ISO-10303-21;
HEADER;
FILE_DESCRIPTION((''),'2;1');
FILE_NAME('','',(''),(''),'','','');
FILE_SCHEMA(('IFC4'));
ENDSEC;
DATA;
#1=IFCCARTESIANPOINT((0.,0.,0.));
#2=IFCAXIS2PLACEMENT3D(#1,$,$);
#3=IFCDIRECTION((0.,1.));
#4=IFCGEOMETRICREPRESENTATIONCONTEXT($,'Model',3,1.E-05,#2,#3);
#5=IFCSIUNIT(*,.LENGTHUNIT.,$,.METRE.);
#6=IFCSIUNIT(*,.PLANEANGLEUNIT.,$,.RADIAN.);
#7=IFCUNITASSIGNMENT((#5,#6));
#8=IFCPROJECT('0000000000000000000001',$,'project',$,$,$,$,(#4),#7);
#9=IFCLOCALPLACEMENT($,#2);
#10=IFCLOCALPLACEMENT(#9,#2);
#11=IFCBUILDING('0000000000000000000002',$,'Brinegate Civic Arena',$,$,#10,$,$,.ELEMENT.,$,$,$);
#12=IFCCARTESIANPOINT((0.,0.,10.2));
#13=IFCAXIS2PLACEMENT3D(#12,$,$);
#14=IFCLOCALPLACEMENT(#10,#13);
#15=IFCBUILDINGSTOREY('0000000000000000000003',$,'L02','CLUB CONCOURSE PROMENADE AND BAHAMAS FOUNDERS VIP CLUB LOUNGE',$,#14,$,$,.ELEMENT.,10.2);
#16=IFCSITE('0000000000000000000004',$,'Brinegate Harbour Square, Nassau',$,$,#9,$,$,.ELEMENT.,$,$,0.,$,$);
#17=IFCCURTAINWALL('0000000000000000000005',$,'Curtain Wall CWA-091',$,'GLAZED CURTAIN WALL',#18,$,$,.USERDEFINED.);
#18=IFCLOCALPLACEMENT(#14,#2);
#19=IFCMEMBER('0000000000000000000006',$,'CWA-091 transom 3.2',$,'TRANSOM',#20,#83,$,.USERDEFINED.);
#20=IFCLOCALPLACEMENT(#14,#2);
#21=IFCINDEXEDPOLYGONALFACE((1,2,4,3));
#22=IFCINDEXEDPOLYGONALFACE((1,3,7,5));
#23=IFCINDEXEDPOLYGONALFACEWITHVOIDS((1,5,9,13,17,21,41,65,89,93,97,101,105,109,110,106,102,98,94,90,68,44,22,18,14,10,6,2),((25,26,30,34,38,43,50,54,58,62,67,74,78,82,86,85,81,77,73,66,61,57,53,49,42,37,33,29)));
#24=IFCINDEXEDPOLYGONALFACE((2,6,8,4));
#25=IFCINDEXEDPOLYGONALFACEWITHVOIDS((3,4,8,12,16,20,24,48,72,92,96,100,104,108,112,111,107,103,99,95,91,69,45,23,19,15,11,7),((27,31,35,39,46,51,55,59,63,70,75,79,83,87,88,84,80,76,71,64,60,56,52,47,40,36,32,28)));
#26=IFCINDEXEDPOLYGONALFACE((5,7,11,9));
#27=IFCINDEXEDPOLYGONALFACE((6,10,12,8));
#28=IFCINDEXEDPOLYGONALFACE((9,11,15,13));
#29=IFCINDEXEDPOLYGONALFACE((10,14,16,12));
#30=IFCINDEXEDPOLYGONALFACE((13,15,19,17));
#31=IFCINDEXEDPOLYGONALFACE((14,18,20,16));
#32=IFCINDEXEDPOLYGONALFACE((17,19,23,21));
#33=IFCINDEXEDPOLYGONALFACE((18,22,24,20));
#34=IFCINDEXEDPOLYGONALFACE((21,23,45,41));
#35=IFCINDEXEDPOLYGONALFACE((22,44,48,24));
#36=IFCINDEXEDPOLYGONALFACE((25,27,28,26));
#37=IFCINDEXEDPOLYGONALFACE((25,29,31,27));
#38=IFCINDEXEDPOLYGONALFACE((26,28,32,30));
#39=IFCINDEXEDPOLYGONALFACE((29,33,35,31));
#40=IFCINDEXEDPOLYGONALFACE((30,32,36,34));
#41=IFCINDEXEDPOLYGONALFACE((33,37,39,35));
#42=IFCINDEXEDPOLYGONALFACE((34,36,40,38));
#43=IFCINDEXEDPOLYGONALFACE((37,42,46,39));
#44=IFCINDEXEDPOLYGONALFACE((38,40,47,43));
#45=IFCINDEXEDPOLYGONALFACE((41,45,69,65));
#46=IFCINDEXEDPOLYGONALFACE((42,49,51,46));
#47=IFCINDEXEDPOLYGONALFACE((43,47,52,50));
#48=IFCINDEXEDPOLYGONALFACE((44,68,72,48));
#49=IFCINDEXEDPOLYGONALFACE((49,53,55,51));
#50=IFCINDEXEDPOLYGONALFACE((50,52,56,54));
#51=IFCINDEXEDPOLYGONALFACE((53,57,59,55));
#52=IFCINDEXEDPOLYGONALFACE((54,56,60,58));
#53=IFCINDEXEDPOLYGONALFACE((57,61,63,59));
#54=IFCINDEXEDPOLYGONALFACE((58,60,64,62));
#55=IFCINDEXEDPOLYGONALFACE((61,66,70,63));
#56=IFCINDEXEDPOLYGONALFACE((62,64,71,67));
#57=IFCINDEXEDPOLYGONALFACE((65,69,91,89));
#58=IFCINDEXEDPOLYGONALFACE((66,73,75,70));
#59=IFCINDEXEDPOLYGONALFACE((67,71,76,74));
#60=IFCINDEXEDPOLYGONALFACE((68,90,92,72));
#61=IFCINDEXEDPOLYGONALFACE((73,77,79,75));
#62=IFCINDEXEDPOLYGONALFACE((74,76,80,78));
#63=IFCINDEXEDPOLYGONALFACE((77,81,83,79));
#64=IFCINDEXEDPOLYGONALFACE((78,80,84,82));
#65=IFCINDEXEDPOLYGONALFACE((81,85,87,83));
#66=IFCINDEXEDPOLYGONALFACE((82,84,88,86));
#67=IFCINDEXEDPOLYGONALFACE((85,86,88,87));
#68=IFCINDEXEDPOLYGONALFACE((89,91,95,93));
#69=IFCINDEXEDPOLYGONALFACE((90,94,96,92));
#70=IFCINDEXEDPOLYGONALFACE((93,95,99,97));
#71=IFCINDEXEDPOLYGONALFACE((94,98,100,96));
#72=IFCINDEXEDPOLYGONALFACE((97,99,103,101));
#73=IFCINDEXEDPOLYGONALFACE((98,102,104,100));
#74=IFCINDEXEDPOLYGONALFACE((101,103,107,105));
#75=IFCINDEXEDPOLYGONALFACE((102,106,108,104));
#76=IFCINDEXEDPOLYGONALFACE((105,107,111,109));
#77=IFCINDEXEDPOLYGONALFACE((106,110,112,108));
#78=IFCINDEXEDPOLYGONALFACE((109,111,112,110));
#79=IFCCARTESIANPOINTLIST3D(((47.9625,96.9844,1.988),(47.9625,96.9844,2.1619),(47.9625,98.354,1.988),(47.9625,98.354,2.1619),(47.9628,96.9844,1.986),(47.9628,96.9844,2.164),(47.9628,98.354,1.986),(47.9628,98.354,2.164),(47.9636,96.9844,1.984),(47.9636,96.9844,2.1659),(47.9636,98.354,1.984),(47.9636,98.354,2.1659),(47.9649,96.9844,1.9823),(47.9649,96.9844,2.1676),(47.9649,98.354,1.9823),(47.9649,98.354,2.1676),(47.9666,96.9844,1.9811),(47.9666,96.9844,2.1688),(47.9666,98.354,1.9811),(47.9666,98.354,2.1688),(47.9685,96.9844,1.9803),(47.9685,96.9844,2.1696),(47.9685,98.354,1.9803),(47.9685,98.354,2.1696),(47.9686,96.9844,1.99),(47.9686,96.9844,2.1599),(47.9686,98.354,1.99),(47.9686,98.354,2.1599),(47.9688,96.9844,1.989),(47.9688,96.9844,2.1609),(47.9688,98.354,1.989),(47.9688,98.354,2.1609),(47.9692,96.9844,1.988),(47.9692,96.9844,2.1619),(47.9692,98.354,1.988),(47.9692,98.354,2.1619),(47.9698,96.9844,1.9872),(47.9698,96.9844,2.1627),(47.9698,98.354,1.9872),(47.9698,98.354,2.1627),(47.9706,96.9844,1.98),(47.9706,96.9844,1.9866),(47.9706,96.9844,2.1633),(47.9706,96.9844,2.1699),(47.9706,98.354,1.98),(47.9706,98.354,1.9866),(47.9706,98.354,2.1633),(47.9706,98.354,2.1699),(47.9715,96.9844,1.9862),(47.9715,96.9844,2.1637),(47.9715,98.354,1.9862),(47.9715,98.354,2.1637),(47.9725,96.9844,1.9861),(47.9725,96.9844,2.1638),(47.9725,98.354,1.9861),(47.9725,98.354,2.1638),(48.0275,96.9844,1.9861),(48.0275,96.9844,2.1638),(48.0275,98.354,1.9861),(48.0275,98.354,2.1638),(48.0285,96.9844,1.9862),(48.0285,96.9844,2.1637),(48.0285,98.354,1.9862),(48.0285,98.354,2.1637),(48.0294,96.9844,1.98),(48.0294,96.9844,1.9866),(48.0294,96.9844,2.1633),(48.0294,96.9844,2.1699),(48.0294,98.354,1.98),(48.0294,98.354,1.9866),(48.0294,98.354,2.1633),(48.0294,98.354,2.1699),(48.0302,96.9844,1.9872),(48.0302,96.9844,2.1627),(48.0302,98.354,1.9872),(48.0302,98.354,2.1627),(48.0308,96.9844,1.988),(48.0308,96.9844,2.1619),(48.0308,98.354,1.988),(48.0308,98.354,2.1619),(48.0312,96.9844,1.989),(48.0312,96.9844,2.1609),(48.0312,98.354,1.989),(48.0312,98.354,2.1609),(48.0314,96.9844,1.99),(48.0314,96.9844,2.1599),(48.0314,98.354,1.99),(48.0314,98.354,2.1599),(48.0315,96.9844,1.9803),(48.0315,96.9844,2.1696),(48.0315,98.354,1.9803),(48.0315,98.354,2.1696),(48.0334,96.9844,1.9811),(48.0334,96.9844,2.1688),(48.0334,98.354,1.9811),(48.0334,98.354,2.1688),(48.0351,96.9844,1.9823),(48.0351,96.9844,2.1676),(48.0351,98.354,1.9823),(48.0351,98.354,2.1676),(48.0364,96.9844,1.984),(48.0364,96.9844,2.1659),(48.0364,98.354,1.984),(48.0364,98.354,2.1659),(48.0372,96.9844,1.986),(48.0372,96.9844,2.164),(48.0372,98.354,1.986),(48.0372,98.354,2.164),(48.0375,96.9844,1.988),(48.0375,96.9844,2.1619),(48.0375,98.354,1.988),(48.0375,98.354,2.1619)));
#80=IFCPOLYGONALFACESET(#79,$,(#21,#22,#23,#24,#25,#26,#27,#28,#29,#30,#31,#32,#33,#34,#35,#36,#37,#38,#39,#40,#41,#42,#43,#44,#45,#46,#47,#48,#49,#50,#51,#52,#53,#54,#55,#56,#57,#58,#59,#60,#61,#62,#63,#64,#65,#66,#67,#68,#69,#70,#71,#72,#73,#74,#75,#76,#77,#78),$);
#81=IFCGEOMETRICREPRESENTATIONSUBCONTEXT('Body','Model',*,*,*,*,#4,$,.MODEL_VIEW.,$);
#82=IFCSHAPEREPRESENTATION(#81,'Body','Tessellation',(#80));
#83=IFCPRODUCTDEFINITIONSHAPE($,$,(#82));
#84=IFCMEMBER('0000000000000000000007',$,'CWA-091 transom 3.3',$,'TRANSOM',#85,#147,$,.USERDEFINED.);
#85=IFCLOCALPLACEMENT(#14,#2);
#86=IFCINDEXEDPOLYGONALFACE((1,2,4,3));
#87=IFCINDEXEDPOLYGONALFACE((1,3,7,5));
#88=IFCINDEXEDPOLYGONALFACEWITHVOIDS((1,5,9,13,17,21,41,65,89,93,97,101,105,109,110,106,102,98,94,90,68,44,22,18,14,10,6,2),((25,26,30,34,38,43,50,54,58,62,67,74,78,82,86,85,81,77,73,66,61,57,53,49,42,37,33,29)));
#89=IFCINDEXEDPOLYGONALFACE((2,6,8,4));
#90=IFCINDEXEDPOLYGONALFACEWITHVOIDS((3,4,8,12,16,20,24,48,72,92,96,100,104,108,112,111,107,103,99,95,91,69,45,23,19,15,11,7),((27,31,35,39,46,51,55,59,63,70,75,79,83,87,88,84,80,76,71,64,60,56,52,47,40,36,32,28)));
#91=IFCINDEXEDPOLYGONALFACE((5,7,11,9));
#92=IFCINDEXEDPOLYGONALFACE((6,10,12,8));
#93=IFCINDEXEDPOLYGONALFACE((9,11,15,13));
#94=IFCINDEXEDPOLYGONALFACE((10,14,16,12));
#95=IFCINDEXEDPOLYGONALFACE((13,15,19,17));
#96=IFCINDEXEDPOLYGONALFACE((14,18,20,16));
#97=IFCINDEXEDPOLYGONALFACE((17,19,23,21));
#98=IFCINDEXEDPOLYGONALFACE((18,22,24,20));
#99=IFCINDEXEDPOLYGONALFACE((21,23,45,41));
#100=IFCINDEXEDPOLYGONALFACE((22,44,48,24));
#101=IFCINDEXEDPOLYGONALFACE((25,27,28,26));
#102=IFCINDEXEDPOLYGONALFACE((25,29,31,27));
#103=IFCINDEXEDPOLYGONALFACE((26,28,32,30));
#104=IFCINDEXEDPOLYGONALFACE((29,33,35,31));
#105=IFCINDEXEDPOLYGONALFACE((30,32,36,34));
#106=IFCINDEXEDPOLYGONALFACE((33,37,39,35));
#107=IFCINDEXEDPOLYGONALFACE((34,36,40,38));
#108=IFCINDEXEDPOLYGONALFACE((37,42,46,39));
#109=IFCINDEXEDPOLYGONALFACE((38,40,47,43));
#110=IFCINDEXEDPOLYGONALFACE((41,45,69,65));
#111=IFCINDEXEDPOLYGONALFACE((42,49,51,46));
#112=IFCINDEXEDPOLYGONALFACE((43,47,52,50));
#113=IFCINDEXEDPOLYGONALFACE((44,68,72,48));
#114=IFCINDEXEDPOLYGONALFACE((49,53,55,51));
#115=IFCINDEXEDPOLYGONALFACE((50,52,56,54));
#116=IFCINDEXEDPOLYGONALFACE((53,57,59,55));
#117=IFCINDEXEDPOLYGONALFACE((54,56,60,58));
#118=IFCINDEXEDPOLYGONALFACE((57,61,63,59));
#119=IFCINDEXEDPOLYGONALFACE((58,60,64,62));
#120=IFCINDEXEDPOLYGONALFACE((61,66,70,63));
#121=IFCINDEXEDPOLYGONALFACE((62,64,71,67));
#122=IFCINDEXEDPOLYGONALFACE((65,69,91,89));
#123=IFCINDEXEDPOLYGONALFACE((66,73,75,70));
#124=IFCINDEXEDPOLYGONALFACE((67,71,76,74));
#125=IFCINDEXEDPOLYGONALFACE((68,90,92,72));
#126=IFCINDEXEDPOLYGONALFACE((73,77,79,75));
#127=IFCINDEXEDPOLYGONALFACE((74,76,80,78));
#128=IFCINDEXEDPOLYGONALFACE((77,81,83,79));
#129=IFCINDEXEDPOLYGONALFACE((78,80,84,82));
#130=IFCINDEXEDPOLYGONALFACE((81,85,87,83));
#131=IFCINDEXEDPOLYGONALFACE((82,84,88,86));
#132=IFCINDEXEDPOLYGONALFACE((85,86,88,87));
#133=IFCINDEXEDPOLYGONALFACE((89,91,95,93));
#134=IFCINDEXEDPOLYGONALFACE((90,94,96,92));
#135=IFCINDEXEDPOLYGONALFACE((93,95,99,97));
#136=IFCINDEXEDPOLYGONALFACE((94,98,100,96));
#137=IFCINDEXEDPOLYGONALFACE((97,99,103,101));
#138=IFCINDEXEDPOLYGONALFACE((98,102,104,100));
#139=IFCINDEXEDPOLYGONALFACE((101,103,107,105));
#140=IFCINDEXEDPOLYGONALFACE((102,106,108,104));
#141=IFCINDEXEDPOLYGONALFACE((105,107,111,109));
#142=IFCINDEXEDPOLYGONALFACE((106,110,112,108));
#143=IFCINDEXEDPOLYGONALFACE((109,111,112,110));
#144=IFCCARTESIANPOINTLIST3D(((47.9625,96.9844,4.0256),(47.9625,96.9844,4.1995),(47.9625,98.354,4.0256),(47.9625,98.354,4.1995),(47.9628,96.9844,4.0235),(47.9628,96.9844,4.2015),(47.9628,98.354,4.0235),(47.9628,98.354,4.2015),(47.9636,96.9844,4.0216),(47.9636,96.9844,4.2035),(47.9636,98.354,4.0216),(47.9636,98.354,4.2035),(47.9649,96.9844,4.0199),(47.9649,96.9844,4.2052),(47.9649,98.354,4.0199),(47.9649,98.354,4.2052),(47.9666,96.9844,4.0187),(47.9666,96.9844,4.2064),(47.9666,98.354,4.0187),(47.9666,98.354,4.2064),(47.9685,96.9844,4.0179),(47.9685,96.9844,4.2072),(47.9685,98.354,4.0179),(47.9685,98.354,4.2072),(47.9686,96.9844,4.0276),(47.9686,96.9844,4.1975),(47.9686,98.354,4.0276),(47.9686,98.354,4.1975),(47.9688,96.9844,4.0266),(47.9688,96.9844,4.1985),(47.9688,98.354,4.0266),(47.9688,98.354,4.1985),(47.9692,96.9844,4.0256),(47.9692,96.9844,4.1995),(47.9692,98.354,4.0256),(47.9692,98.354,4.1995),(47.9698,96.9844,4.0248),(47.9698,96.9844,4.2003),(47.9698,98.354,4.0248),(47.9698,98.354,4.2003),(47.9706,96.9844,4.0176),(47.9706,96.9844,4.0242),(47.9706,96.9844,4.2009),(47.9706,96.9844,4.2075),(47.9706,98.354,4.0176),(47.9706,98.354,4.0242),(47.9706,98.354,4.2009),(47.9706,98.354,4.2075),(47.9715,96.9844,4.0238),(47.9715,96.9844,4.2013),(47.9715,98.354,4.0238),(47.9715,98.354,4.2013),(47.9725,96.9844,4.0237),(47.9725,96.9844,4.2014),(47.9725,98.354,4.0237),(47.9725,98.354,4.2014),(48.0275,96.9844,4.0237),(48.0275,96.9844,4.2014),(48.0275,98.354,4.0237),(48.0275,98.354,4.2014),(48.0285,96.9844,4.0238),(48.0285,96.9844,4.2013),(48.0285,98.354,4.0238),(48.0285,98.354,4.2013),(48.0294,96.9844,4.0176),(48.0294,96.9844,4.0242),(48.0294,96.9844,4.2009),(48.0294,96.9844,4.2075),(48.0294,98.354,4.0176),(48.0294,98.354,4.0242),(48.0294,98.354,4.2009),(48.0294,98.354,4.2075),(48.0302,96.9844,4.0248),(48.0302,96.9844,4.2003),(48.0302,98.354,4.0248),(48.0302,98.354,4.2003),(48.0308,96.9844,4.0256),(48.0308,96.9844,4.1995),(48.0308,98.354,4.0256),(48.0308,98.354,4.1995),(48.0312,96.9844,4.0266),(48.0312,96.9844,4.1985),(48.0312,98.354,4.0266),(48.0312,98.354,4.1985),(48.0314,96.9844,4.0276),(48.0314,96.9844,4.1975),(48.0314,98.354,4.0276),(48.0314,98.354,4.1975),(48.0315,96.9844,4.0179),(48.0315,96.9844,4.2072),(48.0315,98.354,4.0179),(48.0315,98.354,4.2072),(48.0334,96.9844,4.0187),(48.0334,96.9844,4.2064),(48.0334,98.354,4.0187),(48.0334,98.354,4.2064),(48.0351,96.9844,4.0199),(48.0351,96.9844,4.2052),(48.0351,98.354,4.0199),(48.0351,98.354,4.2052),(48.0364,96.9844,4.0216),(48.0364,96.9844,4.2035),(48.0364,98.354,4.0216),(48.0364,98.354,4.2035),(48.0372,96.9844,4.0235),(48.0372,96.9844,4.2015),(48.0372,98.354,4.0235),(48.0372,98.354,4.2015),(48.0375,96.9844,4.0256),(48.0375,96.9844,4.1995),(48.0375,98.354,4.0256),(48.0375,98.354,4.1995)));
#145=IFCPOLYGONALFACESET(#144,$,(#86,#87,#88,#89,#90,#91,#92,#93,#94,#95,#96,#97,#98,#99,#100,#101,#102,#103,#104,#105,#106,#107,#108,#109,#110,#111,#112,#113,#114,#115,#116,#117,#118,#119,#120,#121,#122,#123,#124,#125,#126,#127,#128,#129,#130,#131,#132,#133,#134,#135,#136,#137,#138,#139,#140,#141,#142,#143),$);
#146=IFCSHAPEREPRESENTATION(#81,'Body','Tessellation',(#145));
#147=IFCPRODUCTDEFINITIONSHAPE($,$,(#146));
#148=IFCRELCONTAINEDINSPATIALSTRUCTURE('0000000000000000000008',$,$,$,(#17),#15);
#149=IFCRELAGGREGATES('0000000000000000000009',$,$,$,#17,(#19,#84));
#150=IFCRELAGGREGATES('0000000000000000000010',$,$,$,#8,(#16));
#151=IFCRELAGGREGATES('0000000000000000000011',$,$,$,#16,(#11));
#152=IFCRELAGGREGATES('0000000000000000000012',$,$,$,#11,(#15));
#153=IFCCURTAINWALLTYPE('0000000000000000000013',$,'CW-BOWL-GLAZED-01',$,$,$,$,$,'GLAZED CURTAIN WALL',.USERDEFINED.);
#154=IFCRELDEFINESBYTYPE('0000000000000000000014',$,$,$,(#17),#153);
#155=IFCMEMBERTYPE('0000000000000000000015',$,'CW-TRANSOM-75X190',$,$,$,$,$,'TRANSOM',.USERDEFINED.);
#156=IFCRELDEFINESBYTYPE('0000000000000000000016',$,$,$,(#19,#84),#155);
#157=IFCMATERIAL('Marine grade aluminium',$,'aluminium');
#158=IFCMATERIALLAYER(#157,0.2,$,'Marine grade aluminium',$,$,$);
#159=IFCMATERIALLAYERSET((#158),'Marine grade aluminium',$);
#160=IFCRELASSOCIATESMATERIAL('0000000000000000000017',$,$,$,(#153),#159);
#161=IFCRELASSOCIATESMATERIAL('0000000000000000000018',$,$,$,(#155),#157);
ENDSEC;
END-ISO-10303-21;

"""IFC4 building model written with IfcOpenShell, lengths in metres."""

from ifc_helpers import new_model, si_unit, direction, frame, origin, origin_2d, place, context, subcontext, project, spatial, hollow_rectangle, extrude, material, layer, layer_set, material_profile, profile_set, type_object, element, aggregate, save


model = new_model("IFC4")

# Units and contexts
model_context = context("Model", 3, precision=1e-05, world=origin(), true_north=direction((0.0, 1.0)))
body_context = subcontext(model_context, "Body", "Model", "MODEL_VIEW")
ifc_project = project(units=[si_unit("LENGTHUNIT", "METRE"), si_unit("PLANEANGLEUNIT", "RADIAN")], contexts=[model_context])

# Site, building, storey
site_placement = place(None, origin())
site = spatial("IfcSite", under=ifc_project, at=site_placement, Name="Brinegate Harbour Square, Nassau", CompositionType="ELEMENT", RefElevation=0.0)
building_placement = place(site_placement, origin())
building = spatial("IfcBuilding", under=site, at=building_placement, Name="Brinegate Civic Arena", CompositionType="ELEMENT")
storey_placement = place(building_placement, frame((0.0, 0.0, 10.2)))
storey = spatial("IfcBuildingStorey", under=building, at=storey_placement, Name="L02", Description="CLUB CONCOURSE PROMENADE AND BAHAMAS FOUNDERS VIP CLUB LOUNGE", CompositionType="ELEMENT", Elevation=10.2)

# Shared definitions
ifc_material_1 = material(Name="Marine grade aluminium", Category="aluminium")
ifc_layer_1 = layer(ifc_material_1, 0.2, Name="Marine grade aluminium")
ifc_layer_set_1 = layer_set([ifc_layer_1], Name="Marine grade aluminium")
curtain_wall_type = type_object("IfcCurtainWallType", Name="CW-BOWL-GLAZED-01", ElementType="GLAZED CURTAIN WALL", PredefinedType="USERDEFINED", material=ifc_layer_set_1)

# Curtain wall, members
curtain_wall_1_placement = place(storey_placement, origin())
curtain_wall_1 = element("IfcCurtainWall", 1, at=curtain_wall_1_placement, inside=storey, type_object=curtain_wall_type, Name="Curtain Wall CWA-091", ObjectType="GLAZED CURTAIN WALL", PredefinedType="USERDEFINED")
ifc_material_profile_1 = material_profile(ifc_material_1, hollow_rectangle(XDim=0.075, YDim=0.1899, WallThickness=0.0061, InnerFilletRadius=0.0039, OuterFilletRadius=0.0081, at=origin_2d()), Name="TRN75X190")
ifc_profile_set_1 = profile_set([ifc_material_profile_1], Name="Marine grade aluminium")
member_type_1 = type_object("IfcMemberType", Name="CW-TRANSOM-75X190", ElementType="TRANSOM", PredefinedType="USERDEFINED", material=ifc_profile_set_1)
member_1_placement = place(storey_placement, frame((48.0, 96.9844, 2.075), z_axis=(0.0, 1.0, 0.0), x_axis=(-1.0, 0.0, 0.0)))
member_1 = element("IfcMember", 2, at=member_1_placement, type_object=member_type_1, Name="CWA-091 transom 3.2", ObjectType="TRANSOM", PredefinedType="USERDEFINED", context=body_context, shape_type="SweptSolid", body=[
    extrude(hollow_rectangle(XDim=0.075, YDim=0.1899, WallThickness=0.0061, InnerFilletRadius=0.0039, OuterFilletRadius=0.0081, at=origin_2d()), origin(), (0.0, 0.0, 1.0), 1.3696),
])
member_2_placement = place(storey_placement, frame((48.0, 96.9844, 4.1125), z_axis=(0.0, 1.0, 0.0), x_axis=(-1.0, 0.0, 0.0)))
member_2 = element("IfcMember", 3, at=member_2_placement, type_object=member_type_1, Name="CWA-091 transom 3.3", ObjectType="TRANSOM", PredefinedType="USERDEFINED", context=body_context, shape_type="SweptSolid", body=[
    extrude(hollow_rectangle(XDim=0.075, YDim=0.1899, WallThickness=0.0061, InnerFilletRadius=0.0039, OuterFilletRadius=0.0081, at=origin_2d()), origin(), (0.0, 0.0, 1.0), 1.3696),
])

aggregate(curtain_wall_1, [member_1, member_2])

save(model, "model.ifc")
